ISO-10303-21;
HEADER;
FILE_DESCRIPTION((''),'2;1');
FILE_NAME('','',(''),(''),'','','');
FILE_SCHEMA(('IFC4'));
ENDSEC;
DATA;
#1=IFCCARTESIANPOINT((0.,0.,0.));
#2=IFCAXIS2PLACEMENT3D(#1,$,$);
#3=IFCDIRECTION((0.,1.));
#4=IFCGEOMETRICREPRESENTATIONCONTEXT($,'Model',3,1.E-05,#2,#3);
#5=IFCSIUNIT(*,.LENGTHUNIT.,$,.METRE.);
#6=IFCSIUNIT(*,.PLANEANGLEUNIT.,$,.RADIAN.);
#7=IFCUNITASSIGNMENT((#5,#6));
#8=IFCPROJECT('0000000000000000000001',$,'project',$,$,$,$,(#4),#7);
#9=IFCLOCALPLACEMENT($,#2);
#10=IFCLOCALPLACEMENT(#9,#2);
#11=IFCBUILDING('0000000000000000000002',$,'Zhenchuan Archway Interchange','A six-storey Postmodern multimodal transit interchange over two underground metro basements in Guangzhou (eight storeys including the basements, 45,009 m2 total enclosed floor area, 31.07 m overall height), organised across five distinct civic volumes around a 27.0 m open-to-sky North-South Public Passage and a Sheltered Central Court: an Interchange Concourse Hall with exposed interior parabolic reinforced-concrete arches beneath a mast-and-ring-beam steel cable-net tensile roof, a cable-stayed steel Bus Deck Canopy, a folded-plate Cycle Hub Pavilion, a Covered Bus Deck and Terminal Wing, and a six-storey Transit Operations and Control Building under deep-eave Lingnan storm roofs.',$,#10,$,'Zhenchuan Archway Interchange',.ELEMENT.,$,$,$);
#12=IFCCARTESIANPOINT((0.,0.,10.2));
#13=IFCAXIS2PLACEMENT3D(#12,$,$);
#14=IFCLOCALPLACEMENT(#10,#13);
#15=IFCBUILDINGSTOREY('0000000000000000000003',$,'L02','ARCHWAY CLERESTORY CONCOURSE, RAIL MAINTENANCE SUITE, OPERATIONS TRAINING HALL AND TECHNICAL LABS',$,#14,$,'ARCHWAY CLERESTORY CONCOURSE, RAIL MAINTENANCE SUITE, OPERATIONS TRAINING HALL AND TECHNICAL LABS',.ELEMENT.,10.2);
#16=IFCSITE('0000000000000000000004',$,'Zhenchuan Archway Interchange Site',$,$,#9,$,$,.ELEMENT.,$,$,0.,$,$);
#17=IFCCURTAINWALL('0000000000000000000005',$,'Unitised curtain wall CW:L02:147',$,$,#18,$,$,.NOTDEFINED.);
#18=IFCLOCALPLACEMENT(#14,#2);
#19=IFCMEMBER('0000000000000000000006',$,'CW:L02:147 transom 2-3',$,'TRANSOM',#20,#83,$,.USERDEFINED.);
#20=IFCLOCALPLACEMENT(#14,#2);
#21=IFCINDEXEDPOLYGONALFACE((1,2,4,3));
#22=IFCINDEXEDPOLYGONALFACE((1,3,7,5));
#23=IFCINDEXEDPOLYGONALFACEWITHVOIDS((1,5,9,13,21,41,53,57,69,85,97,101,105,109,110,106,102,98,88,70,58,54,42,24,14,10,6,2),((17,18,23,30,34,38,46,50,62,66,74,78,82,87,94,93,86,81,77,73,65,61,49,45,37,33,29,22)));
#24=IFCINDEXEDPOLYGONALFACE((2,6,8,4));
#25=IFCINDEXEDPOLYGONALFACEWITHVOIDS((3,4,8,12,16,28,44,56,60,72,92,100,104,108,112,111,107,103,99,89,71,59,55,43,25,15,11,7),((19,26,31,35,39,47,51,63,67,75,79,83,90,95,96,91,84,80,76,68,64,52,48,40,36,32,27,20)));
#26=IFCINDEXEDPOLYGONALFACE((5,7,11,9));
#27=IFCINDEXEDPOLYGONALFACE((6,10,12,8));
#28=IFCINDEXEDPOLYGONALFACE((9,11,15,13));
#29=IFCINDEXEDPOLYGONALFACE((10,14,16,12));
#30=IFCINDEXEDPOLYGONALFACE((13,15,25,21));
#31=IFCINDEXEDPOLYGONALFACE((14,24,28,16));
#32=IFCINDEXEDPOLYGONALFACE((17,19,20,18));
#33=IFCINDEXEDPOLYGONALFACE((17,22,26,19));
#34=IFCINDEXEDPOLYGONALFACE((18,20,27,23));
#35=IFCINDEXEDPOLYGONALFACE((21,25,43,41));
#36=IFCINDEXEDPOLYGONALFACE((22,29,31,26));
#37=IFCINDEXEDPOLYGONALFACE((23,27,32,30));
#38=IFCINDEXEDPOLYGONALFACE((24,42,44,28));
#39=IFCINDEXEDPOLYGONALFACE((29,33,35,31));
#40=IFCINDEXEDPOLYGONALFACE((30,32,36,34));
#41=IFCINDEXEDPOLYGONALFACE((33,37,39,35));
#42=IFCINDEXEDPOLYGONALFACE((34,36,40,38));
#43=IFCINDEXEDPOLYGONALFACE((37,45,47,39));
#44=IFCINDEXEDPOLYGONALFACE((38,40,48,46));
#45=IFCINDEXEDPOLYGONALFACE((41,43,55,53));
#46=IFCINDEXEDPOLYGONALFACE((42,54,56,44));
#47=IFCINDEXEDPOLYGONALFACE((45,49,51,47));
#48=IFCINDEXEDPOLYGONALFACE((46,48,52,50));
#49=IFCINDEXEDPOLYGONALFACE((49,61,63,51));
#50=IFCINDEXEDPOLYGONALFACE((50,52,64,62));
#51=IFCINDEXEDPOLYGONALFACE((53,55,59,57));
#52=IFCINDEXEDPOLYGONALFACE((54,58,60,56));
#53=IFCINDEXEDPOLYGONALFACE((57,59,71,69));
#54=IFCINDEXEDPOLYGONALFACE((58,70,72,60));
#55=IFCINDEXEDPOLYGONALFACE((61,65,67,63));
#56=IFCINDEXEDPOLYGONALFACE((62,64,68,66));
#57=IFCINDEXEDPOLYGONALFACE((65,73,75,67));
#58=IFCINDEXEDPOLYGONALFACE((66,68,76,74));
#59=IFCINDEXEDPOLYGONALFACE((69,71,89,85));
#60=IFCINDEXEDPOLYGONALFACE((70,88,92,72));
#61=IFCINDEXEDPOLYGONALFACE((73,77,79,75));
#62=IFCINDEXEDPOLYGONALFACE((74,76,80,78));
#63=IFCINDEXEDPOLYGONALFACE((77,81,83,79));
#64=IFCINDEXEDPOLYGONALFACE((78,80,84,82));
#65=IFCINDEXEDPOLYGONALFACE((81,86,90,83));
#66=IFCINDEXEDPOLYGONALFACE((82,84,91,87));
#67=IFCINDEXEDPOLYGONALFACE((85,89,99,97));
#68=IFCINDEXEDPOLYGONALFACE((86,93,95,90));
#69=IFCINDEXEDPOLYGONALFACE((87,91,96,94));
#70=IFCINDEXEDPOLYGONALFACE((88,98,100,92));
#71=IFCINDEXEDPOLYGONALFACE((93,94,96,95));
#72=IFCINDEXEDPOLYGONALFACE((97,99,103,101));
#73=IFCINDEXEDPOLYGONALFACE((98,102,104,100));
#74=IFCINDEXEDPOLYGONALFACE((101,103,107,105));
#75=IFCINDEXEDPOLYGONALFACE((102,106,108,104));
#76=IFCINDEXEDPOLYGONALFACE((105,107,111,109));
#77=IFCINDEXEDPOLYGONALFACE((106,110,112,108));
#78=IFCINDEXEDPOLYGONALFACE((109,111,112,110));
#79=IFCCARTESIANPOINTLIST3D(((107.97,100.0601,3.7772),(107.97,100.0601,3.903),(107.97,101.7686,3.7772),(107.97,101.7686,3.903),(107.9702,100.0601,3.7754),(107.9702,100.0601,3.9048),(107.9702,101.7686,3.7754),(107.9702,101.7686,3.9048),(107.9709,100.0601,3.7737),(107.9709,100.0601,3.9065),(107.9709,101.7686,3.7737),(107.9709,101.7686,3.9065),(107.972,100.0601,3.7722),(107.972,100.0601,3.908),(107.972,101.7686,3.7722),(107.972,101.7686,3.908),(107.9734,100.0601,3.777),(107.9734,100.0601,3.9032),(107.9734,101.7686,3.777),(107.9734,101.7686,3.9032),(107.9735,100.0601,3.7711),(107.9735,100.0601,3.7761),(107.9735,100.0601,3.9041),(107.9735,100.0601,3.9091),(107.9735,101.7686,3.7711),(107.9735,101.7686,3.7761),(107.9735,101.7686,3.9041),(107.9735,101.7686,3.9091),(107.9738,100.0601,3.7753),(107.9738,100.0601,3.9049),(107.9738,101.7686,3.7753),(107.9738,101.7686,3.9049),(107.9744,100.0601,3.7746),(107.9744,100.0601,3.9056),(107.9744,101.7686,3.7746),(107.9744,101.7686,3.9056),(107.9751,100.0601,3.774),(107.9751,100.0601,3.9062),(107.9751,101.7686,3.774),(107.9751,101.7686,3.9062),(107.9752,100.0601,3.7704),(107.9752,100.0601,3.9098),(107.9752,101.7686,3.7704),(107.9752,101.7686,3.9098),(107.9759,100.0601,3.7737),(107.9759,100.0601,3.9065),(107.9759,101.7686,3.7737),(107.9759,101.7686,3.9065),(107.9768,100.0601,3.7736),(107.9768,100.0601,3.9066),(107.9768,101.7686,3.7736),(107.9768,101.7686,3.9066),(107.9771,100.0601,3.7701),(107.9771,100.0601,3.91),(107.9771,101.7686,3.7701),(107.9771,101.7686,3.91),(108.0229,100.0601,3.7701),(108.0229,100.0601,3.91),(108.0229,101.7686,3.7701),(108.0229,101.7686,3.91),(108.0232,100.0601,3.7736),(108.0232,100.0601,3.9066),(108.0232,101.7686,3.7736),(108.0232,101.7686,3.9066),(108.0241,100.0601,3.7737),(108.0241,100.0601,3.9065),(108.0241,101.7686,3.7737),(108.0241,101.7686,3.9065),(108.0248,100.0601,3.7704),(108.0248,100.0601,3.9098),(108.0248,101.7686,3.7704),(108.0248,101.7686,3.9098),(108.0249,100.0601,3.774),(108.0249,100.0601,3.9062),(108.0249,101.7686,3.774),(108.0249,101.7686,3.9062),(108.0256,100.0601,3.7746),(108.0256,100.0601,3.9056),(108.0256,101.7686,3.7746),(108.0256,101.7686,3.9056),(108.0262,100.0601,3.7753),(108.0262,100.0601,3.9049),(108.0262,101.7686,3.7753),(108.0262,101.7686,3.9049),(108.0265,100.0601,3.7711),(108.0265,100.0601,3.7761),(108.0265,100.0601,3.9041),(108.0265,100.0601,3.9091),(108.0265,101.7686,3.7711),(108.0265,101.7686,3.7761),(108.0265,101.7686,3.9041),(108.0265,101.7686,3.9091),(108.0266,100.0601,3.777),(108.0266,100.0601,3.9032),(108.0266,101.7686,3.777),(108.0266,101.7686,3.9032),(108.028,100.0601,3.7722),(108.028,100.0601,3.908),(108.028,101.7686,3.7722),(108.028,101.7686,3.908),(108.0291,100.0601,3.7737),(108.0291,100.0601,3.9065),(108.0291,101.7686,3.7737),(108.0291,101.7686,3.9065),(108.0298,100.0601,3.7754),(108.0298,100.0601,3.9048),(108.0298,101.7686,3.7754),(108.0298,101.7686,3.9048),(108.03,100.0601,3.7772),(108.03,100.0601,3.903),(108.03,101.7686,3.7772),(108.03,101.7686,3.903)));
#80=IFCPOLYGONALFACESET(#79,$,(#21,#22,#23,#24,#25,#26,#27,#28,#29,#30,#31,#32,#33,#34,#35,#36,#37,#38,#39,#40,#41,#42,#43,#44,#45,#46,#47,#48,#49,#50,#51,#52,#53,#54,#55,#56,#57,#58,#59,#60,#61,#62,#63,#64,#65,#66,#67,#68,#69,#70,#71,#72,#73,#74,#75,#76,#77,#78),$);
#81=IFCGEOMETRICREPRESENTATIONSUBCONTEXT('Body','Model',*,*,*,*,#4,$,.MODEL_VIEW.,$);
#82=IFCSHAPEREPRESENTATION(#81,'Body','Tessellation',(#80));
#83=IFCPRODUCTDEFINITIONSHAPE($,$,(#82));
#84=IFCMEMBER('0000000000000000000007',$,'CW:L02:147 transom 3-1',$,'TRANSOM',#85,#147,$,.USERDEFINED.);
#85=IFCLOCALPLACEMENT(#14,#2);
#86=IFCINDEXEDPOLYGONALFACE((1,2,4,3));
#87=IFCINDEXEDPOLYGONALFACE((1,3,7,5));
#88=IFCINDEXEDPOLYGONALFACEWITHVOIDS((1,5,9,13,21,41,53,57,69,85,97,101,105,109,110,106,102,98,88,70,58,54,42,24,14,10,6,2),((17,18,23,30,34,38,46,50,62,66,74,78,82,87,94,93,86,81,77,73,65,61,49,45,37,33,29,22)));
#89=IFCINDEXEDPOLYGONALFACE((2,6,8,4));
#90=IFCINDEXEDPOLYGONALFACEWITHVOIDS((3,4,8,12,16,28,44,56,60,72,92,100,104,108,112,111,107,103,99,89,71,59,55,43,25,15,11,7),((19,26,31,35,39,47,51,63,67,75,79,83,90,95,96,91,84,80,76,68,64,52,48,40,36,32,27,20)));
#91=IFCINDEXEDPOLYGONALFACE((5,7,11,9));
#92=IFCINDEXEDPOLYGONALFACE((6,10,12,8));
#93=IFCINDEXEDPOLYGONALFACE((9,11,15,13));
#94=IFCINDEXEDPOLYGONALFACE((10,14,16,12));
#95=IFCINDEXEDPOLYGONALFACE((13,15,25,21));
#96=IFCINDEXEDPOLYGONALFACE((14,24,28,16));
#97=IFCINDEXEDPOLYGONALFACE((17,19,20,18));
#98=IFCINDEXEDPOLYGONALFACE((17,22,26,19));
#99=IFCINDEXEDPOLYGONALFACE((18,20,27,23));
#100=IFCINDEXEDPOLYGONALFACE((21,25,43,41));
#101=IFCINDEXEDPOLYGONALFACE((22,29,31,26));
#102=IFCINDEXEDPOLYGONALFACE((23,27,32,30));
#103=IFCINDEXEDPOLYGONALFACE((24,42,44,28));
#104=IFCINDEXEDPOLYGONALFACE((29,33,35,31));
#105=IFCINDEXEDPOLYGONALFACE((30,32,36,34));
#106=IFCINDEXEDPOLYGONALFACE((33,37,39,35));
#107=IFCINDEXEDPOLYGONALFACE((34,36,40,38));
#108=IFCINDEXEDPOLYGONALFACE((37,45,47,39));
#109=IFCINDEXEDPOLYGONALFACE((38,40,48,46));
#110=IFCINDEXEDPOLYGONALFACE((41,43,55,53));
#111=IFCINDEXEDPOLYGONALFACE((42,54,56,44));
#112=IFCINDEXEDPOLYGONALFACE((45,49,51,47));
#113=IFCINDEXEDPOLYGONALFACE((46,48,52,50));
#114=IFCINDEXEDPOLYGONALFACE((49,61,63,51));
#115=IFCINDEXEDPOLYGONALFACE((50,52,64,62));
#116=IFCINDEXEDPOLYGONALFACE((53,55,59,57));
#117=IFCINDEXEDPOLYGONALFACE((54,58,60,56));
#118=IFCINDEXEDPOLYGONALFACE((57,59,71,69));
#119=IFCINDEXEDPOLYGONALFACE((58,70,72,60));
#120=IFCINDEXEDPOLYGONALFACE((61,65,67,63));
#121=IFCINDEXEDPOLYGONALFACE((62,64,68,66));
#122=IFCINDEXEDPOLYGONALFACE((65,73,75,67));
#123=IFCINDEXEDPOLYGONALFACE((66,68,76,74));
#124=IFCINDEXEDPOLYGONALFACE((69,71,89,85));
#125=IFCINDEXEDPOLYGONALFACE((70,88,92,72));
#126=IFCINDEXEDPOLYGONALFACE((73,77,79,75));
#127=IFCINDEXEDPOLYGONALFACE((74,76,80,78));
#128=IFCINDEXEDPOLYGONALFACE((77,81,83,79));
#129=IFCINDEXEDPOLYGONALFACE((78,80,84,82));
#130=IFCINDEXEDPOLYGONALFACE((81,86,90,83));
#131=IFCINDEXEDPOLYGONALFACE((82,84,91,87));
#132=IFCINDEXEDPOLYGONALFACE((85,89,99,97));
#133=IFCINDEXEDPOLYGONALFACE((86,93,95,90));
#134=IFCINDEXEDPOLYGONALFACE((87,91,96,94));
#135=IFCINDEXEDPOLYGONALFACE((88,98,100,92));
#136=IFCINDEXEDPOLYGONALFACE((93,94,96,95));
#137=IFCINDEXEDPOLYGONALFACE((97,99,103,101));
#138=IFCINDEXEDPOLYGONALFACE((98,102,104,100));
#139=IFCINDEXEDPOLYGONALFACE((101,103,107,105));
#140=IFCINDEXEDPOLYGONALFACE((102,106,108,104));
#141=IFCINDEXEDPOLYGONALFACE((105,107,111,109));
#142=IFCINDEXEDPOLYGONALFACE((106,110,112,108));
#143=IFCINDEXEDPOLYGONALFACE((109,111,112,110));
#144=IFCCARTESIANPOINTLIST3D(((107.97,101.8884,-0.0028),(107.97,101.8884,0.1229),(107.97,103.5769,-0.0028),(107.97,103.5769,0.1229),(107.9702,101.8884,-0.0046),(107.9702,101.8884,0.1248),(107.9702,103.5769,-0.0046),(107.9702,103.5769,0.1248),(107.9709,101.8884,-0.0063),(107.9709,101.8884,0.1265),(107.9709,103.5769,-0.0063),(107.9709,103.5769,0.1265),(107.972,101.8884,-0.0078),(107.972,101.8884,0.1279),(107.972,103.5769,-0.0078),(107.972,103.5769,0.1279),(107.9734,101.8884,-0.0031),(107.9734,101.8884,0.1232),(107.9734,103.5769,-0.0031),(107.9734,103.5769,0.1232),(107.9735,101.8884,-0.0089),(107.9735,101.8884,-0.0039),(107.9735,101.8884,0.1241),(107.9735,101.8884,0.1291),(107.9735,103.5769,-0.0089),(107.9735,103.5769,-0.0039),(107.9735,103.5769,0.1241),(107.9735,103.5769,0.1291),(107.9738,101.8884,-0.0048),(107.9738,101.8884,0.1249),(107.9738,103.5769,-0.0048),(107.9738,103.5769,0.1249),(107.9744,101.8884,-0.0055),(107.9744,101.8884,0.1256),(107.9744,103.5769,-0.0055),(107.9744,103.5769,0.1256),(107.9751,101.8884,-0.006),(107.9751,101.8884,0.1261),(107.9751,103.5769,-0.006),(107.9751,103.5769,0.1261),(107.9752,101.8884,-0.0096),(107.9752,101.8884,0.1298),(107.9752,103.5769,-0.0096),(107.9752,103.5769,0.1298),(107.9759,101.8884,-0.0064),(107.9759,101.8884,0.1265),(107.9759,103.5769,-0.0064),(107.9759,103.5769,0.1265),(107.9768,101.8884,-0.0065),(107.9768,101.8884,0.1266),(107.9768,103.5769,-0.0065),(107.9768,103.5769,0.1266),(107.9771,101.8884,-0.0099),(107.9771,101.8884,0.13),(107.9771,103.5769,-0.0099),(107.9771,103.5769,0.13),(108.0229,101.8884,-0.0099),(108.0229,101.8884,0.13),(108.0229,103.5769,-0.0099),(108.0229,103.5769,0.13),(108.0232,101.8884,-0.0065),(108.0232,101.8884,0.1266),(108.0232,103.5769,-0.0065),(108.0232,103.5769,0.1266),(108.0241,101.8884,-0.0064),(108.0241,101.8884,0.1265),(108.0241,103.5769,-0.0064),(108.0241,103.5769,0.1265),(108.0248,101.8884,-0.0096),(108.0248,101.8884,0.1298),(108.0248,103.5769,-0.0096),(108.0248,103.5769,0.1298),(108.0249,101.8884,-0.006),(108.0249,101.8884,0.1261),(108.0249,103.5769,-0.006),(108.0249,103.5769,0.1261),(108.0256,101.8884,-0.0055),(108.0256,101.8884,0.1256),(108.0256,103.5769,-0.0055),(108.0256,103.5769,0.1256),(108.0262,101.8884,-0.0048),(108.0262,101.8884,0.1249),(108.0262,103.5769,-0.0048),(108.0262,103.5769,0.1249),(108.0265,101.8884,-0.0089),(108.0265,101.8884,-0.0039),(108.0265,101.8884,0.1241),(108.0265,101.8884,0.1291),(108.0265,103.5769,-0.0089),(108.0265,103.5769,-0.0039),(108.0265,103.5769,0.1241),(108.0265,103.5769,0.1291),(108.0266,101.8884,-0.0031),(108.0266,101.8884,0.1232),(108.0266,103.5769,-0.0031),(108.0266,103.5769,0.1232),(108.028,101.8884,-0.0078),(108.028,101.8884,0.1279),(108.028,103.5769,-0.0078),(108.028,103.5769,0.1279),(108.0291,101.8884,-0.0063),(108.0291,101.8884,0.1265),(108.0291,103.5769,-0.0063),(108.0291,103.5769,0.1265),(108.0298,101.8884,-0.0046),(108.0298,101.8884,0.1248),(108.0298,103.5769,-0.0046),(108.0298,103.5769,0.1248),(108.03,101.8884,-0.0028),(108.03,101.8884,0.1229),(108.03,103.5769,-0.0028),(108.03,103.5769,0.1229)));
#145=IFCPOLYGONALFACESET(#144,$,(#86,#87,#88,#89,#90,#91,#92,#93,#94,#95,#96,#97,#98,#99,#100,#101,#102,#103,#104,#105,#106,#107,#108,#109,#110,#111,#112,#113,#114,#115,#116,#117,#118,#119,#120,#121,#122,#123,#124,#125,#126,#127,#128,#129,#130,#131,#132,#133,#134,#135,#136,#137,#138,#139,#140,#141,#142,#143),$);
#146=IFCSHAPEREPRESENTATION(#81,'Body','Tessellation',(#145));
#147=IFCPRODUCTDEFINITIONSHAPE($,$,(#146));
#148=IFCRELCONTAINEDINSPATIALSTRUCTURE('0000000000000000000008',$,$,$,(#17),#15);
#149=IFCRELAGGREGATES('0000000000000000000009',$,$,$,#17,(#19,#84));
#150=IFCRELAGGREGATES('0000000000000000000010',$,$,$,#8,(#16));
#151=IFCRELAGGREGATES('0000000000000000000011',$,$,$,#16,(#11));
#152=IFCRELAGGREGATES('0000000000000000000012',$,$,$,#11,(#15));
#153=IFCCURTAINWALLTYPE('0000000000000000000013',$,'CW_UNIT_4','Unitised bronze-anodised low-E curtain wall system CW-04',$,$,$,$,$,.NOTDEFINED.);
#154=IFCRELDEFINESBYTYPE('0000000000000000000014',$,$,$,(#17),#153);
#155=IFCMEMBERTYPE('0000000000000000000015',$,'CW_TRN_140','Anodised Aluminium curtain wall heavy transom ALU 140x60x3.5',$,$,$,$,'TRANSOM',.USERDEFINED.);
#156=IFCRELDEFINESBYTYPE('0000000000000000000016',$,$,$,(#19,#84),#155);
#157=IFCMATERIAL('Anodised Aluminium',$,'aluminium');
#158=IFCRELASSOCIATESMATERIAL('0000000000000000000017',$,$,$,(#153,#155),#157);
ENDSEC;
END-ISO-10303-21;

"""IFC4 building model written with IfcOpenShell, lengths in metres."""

from ifc_helpers import new_model, si_unit, direction, frame, origin, origin_2d, place, context, subcontext, project, spatial, hollow_rectangle, extrude, material, material_profile, profile_set, type_object, element, aggregate, save


model = new_model("IFC4")

# Units and contexts
model_context = context("Model", 3, precision=1e-05, world=origin(), true_north=direction((0.0, 1.0)))
body_context = subcontext(model_context, "Body", "Model", "MODEL_VIEW")
ifc_project = project(units=[si_unit("LENGTHUNIT", "METRE"), si_unit("PLANEANGLEUNIT", "RADIAN")], contexts=[model_context])

# Site, building, storey
site_placement = place(None, origin())
site = spatial("IfcSite", under=ifc_project, at=site_placement, Name="Zhenchuan Archway Interchange Site", CompositionType="ELEMENT", RefElevation=0.0)
building_placement = place(site_placement, origin())
building = spatial("IfcBuilding", under=site, at=building_placement, Name="Zhenchuan Archway Interchange", Description="A six-storey Postmodern multimodal transit interchange over two underground metro basements in Guangzhou (eight storeys including the basements, 45,009 m2 total enclosed floor area, 31.07 m overall height), organised across five distinct civic volumes around a 27.0 m open-to-sky North-South Public Passage and a Sheltered Central Court: an Interchange Concourse Hall with exposed interior parabolic reinforced-concrete arches beneath a mast-and-ring-beam steel cable-net tensile roof, a cable-stayed steel Bus Deck Canopy, a folded-plate Cycle Hub Pavilion, a Covered Bus Deck and Terminal Wing, and a six-storey Transit Operations and Control Building under deep-eave Lingnan storm roofs.", LongName="Zhenchuan Archway Interchange", CompositionType="ELEMENT")
storey_placement = place(building_placement, frame((0.0, 0.0, 10.2)))
storey = spatial("IfcBuildingStorey", under=building, at=storey_placement, Name="L02", Description="ARCHWAY CLERESTORY CONCOURSE, RAIL MAINTENANCE SUITE, OPERATIONS TRAINING HALL AND TECHNICAL LABS", LongName="ARCHWAY CLERESTORY CONCOURSE, RAIL MAINTENANCE SUITE, OPERATIONS TRAINING HALL AND TECHNICAL LABS", CompositionType="ELEMENT", Elevation=10.2)

# Curtain wall, members
ifc_material_1 = material(Name="Anodised Aluminium", Category="aluminium")
curtain_wall_type = type_object("IfcCurtainWallType", Name="CW_UNIT_4", Description="Unitised bronze-anodised low-E curtain wall system CW-04", PredefinedType="NOTDEFINED", material=ifc_material_1)
curtain_wall_placement = place(storey_placement, origin())
curtain_wall = element("IfcCurtainWall", 1, at=curtain_wall_placement, inside=storey, type_object=curtain_wall_type, Name="Unitised curtain wall CW:L02:147", PredefinedType="NOTDEFINED")
ifc_material_profile_1 = material_profile(ifc_material_1, hollow_rectangle(XDim=0.0601, YDim=0.1399, WallThickness=0.0034, InnerFilletRadius=0.0034, OuterFilletRadius=0.0071, at=origin_2d()), Name="ALU 140x60x3.5")
ifc_profile_set_1 = profile_set([ifc_material_profile_1], Name="Anodised Aluminium")
member_type_1 = type_object("IfcMemberType", Name="CW_TRN_140", Description="Anodised Aluminium curtain wall heavy transom ALU 140x60x3.5", ElementType="TRANSOM", PredefinedType="USERDEFINED", material=ifc_profile_set_1)
member_1_placement = place(storey_placement, frame((108.0, 100.0601, 3.8401), z_axis=(0.0, 1.0, 0.0), x_axis=(-1.0, 0.0, 0.0)))
member_1 = element("IfcMember", 2, at=member_1_placement, type_object=member_type_1, Name="CW:L02:147 transom 2-3", ObjectType="TRANSOM", PredefinedType="USERDEFINED", context=body_context, shape_type="SweptSolid", body=[
    extrude(hollow_rectangle(XDim=0.0601, YDim=0.1399, WallThickness=0.0034, InnerFilletRadius=0.0034, OuterFilletRadius=0.0071, at=origin_2d()), origin(), (0.0, 0.0, 1.0), 1.7085),
])
member_2_placement = place(storey_placement, frame((108.0, 101.8884, 0.0601), z_axis=(0.0, 1.0, 0.0), x_axis=(-1.0, 0.0, 0.0)))
member_2 = element("IfcMember", 3, at=member_2_placement, type_object=member_type_1, Name="CW:L02:147 transom 3-1", ObjectType="TRANSOM", PredefinedType="USERDEFINED", context=body_context, shape_type="SweptSolid", body=[
    extrude(hollow_rectangle(XDim=0.0601, YDim=0.1399, WallThickness=0.0034, InnerFilletRadius=0.0034, OuterFilletRadius=0.0071, at=origin_2d()), origin(), (0.0, 0.0, 1.0), 1.6885),
])

aggregate(curtain_wall, [member_1, member_2])

save(model, "model.ifc")
